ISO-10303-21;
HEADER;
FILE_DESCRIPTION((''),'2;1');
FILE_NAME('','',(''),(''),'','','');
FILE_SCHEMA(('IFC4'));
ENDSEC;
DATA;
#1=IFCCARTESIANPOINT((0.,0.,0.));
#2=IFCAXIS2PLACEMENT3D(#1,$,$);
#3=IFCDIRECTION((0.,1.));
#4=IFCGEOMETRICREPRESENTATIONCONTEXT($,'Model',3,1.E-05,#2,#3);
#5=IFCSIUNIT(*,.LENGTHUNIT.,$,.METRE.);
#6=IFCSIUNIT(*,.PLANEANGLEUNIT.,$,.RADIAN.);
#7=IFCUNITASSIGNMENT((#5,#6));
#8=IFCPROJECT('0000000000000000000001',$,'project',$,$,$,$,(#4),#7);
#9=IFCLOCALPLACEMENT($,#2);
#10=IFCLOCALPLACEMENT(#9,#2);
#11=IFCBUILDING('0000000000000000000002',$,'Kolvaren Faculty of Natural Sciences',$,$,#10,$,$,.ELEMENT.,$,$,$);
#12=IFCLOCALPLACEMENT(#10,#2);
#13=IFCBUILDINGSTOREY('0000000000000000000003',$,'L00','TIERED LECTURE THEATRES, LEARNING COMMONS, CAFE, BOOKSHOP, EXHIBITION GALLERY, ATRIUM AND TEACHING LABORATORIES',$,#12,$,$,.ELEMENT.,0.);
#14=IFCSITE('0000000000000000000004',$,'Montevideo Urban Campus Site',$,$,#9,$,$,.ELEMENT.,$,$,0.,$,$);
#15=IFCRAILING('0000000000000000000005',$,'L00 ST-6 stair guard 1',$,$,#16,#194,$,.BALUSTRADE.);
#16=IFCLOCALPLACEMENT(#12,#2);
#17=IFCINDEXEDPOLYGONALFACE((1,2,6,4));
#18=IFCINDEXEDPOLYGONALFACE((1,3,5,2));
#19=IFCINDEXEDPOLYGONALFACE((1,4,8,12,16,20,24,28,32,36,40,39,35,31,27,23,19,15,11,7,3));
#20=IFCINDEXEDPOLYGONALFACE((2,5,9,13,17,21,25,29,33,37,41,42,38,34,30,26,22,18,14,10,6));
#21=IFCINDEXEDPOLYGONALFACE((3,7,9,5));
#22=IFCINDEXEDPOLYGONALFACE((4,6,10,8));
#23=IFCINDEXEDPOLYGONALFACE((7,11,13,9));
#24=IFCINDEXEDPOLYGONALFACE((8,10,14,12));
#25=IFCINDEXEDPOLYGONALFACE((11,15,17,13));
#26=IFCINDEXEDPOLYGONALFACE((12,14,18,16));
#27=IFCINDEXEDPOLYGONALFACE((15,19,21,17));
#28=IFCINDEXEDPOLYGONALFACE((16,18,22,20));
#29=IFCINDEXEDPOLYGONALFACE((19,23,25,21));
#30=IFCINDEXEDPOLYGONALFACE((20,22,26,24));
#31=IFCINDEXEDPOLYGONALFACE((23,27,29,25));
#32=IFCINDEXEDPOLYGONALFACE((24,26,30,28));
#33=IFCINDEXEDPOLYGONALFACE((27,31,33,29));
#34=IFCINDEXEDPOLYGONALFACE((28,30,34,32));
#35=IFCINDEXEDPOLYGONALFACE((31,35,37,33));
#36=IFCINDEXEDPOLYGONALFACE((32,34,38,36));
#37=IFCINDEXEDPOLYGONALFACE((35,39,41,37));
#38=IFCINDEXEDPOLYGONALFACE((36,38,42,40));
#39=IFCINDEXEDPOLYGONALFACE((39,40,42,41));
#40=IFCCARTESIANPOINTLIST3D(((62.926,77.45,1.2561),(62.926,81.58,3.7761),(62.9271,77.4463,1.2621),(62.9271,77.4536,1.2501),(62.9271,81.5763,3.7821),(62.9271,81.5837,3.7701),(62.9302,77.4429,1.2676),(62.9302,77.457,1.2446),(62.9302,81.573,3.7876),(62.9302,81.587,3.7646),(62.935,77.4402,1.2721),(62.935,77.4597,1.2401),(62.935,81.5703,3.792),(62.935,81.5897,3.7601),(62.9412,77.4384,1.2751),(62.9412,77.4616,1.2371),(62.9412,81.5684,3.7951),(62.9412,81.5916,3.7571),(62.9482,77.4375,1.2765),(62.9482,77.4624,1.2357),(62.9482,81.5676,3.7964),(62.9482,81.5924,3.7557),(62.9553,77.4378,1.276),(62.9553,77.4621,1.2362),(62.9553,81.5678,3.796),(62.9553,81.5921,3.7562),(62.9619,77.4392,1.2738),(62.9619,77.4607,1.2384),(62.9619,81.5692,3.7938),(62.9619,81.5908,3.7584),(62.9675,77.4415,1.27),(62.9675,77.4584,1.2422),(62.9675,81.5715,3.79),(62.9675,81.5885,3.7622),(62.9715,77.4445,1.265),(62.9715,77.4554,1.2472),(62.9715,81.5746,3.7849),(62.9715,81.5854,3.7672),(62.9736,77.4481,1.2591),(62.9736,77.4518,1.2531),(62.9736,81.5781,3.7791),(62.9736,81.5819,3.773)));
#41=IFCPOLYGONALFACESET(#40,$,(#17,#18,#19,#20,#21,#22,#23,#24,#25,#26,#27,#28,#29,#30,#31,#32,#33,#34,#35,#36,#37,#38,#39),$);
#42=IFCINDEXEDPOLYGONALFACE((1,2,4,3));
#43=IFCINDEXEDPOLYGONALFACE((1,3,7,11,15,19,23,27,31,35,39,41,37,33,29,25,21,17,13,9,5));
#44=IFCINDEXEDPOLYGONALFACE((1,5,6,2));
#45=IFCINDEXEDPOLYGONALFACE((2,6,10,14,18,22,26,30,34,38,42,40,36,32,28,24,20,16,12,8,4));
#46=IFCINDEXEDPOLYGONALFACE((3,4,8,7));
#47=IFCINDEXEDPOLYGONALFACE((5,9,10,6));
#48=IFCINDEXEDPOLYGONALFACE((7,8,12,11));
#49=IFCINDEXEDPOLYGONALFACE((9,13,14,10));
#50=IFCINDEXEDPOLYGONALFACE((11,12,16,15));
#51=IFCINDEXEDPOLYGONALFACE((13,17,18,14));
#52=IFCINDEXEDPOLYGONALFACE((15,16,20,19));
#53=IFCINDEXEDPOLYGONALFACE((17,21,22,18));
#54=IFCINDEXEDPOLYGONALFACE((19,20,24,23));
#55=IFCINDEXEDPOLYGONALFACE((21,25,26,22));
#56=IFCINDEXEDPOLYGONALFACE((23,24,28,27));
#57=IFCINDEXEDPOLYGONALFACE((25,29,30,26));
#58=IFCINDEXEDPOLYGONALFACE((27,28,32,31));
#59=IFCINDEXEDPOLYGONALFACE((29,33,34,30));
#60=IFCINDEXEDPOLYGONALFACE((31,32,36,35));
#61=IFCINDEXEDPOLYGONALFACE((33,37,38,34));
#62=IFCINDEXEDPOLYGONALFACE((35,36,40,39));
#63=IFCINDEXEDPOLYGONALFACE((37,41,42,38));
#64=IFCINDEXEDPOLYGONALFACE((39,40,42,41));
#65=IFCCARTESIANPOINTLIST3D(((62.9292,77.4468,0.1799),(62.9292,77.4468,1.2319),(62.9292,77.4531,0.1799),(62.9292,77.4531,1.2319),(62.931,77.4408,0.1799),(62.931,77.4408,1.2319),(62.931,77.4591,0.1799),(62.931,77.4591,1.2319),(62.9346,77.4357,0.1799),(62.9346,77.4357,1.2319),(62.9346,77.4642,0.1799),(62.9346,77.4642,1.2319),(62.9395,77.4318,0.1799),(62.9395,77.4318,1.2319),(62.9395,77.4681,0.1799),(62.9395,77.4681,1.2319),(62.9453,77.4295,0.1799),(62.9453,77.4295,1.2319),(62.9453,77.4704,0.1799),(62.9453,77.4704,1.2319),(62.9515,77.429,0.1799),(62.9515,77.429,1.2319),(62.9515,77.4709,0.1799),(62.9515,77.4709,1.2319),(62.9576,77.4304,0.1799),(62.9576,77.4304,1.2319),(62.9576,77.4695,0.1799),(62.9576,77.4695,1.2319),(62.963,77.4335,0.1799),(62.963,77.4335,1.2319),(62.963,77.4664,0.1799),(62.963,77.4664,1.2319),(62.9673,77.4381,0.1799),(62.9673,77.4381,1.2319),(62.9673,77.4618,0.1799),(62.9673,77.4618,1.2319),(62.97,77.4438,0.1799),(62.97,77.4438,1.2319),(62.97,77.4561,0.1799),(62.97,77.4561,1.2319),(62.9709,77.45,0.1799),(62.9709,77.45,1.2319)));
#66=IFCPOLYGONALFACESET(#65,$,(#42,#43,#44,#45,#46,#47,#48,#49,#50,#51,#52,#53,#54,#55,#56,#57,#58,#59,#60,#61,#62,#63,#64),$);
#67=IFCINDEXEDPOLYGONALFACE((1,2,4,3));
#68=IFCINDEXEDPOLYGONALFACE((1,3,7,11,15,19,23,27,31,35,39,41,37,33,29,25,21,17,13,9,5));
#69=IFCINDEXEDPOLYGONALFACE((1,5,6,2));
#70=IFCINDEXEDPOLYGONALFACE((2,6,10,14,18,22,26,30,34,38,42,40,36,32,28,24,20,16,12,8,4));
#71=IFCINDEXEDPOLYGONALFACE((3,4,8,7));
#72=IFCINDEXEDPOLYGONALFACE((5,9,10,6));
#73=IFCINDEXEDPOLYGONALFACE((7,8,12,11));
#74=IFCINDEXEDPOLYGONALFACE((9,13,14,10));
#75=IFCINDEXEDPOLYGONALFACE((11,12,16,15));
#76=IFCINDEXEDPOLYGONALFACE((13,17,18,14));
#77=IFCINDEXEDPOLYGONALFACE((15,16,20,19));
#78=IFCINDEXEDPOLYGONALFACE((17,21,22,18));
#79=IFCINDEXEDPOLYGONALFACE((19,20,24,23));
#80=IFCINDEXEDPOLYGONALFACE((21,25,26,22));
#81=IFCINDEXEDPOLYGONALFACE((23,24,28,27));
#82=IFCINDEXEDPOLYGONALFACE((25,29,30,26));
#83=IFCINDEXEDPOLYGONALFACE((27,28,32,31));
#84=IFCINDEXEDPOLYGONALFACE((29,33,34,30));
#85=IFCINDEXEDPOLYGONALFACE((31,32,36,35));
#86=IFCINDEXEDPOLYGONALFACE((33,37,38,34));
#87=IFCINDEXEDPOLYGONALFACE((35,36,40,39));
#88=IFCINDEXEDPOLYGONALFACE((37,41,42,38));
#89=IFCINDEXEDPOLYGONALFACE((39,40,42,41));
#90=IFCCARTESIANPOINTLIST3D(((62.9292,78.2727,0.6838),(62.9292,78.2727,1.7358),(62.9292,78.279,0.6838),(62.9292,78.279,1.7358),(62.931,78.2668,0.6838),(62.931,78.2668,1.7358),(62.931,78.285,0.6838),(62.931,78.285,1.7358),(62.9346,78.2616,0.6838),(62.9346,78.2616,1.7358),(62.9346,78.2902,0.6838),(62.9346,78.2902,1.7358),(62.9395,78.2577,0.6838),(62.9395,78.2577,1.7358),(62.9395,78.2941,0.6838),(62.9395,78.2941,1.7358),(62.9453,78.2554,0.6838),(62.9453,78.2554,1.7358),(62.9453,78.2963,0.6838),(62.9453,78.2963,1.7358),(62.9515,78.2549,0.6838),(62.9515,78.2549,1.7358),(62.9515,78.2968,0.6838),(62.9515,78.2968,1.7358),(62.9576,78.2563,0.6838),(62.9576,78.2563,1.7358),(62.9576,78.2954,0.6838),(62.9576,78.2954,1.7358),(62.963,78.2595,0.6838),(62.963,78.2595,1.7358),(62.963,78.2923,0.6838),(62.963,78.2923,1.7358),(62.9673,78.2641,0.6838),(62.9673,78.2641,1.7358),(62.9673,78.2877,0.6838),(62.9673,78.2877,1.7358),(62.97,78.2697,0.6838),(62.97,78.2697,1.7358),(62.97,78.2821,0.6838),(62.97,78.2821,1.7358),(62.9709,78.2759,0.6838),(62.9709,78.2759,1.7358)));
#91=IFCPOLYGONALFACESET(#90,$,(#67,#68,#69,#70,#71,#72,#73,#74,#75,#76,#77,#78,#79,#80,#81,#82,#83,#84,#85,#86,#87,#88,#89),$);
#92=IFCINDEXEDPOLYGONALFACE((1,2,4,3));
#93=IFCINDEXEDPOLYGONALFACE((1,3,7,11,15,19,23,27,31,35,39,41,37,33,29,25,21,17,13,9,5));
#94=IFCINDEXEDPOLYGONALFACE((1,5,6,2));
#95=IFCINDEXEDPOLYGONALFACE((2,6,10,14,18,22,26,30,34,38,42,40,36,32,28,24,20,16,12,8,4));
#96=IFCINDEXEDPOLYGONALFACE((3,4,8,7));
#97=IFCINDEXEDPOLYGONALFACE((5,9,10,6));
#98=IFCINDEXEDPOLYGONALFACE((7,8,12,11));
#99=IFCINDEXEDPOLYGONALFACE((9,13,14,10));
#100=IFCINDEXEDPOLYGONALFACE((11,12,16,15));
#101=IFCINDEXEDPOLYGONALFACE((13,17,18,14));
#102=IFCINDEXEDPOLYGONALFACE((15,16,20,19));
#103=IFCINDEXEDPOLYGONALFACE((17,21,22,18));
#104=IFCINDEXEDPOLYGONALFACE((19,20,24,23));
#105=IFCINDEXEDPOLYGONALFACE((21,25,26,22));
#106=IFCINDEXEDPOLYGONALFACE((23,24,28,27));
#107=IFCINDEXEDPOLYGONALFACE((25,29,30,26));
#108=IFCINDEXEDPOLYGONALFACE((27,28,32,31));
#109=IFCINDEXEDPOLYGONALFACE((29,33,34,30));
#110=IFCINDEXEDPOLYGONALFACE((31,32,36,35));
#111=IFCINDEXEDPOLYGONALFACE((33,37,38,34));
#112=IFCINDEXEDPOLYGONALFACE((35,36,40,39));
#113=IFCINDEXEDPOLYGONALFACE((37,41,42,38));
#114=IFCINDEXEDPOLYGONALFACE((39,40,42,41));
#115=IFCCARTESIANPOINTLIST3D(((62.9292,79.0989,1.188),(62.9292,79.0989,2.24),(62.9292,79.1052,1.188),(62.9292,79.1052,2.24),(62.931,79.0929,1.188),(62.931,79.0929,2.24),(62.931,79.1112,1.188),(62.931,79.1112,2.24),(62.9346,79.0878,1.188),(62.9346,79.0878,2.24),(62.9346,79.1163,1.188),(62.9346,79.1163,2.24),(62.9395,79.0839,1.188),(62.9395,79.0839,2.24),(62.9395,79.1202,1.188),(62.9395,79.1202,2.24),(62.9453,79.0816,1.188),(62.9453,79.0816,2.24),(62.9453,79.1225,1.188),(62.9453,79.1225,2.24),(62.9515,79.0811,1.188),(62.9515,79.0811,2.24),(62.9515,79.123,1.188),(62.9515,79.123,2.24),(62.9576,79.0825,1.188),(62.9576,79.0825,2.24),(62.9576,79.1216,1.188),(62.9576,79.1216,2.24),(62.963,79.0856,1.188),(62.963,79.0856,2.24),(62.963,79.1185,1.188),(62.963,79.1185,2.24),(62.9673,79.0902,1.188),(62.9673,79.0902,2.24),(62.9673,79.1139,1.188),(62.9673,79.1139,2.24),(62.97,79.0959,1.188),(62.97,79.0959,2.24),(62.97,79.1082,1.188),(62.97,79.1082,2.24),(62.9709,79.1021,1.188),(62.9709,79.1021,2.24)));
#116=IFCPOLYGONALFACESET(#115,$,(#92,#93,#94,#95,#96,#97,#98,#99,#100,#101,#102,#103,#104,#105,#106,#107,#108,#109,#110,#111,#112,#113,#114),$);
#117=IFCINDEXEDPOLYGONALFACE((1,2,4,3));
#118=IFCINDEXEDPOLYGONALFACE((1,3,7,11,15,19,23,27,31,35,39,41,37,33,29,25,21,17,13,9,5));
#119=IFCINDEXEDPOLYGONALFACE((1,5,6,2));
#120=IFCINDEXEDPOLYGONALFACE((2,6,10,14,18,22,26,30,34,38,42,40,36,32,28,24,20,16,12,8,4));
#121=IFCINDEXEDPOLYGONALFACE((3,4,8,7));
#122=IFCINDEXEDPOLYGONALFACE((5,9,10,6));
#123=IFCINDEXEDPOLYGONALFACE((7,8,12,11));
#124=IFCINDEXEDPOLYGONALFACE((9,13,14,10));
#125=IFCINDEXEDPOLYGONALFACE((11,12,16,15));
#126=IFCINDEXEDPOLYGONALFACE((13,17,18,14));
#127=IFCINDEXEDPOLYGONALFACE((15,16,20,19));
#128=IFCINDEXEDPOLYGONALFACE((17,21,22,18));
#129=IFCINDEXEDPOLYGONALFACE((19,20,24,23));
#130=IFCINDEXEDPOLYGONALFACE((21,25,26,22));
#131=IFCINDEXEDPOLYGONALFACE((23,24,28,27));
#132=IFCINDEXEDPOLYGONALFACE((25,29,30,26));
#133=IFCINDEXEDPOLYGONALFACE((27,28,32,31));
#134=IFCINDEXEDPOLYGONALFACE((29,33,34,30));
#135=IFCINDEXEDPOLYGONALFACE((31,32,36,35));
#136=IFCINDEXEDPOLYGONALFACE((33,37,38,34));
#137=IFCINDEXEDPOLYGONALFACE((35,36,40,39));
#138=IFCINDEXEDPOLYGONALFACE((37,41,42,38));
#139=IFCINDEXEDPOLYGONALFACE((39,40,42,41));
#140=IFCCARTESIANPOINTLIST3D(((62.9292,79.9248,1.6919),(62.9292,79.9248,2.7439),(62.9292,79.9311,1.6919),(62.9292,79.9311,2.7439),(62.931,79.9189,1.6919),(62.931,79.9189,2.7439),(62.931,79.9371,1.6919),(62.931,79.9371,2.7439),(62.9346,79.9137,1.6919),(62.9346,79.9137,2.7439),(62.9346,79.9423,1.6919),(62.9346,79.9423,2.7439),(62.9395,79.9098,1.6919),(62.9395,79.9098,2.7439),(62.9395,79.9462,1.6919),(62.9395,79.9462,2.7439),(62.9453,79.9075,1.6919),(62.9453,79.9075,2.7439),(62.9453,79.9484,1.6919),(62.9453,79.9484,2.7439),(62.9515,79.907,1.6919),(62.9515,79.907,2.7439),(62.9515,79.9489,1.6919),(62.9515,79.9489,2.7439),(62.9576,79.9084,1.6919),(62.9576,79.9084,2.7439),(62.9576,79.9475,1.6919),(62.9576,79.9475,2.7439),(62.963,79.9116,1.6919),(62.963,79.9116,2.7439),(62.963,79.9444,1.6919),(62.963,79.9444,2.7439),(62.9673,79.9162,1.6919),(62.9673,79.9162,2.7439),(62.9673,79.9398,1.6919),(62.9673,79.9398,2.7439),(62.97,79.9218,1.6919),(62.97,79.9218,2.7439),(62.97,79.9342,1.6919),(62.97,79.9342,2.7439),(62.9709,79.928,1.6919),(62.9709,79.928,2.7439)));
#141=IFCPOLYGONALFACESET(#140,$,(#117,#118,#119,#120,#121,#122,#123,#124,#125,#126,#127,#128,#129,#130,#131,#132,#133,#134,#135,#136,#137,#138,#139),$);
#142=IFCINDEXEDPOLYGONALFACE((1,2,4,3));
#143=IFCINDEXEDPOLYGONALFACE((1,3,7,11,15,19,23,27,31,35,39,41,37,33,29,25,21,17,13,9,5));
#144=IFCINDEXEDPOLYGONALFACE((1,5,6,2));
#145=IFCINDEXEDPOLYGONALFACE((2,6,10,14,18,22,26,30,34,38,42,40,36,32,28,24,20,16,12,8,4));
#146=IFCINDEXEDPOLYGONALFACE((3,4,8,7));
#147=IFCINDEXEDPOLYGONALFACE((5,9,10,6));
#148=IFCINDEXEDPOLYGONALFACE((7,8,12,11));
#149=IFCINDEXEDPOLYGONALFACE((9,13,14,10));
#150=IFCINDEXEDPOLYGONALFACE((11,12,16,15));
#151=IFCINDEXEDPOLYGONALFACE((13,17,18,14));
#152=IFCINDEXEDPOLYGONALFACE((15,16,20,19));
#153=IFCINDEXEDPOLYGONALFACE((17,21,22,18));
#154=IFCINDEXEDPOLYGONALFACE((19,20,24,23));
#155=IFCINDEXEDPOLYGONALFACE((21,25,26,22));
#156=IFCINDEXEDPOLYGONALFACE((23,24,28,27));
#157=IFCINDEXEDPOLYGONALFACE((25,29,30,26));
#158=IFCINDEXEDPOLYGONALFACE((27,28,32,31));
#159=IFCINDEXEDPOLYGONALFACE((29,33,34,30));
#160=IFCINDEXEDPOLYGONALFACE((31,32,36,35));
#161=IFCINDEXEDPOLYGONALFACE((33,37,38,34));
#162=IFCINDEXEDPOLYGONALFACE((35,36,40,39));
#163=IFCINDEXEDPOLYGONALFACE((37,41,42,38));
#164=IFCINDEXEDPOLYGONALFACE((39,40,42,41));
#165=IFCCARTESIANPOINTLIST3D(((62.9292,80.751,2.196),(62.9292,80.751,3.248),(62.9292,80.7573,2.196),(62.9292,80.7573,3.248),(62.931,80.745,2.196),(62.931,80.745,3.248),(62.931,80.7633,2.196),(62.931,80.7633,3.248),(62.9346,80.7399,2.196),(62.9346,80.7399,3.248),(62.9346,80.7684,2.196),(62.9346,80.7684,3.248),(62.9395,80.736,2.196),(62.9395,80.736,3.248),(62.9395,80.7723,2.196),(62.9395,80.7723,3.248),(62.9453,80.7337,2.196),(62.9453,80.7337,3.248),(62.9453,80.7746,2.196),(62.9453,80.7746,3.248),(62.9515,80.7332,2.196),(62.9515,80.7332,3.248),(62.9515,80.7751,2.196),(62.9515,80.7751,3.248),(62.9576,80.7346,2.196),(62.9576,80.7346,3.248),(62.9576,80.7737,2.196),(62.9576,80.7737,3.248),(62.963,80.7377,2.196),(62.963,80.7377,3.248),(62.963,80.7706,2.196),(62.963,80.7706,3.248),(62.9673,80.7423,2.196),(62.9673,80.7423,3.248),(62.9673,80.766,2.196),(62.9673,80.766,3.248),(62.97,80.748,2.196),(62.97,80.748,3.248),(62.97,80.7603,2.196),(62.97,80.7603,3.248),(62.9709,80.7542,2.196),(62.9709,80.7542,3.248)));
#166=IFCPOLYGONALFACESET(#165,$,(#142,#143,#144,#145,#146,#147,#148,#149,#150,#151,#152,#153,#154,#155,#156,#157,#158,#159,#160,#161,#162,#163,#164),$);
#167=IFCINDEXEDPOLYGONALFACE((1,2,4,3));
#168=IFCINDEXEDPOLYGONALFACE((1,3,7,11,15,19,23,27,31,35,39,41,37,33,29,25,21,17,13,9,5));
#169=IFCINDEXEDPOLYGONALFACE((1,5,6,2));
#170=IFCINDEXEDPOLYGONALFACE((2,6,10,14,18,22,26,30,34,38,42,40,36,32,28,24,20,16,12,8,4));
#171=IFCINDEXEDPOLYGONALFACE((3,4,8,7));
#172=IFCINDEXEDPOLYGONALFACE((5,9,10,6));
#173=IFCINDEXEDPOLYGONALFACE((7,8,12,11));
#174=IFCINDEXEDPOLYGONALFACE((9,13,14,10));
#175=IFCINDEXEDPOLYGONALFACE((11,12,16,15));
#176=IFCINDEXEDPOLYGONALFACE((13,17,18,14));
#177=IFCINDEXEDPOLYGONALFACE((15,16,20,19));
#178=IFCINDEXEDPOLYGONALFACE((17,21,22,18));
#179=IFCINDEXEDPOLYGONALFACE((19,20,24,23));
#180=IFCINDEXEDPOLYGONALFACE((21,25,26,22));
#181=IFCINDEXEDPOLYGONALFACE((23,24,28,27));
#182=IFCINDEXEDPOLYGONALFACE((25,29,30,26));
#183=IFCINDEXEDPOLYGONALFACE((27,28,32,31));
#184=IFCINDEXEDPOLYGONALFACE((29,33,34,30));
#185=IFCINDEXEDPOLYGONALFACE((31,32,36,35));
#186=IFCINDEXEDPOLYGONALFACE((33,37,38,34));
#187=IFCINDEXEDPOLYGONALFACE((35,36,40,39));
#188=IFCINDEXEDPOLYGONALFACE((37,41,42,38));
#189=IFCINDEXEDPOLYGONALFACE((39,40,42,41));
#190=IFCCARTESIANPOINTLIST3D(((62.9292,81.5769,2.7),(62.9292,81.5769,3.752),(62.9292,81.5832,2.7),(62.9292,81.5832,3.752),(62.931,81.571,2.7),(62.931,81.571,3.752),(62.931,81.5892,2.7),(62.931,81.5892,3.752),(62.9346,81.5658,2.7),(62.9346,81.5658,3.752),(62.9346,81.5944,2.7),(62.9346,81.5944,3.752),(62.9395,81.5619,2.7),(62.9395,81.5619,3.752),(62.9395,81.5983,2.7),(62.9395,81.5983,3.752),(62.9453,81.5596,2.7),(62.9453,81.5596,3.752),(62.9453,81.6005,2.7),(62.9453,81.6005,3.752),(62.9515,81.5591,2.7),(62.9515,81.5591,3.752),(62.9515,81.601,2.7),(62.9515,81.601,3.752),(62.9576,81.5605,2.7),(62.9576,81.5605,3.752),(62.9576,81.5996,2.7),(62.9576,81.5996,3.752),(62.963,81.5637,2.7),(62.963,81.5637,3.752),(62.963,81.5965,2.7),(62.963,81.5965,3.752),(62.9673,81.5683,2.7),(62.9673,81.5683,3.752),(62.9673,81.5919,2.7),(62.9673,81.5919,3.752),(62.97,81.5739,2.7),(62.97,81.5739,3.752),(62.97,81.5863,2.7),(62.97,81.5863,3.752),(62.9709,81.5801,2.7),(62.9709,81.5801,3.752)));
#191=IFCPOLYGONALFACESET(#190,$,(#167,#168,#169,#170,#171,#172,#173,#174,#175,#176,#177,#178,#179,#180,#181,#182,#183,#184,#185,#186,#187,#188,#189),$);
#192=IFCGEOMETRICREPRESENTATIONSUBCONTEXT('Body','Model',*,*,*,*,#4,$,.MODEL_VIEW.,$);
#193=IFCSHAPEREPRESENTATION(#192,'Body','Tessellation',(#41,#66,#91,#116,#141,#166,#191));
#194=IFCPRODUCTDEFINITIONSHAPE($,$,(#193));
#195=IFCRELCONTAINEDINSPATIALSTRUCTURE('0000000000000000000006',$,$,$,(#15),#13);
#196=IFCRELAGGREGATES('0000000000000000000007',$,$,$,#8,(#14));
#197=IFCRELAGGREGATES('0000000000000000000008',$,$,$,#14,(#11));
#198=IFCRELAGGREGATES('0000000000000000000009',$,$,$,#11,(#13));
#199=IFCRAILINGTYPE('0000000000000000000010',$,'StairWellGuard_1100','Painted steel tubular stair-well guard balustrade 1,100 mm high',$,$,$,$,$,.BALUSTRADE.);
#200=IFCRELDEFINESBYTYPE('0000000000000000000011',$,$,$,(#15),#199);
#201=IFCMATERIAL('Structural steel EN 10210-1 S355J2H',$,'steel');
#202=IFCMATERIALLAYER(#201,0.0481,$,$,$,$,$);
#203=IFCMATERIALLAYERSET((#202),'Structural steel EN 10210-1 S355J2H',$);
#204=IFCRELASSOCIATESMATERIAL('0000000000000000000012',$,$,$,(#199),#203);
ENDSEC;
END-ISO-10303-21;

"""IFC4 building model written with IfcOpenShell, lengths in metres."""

from ifc_helpers import new_model, si_unit, direction, frame, origin, origin_2d, place, context, subcontext, project, spatial, circle, extrude, material, layer, layer_set, type_object, element, save


model = new_model("IFC4")

# Units and contexts
model_context = context("Model", 3, precision=1e-05, world=origin(), true_north=direction((0.0, 1.0)))
body_context = subcontext(model_context, "Body", "Model", "MODEL_VIEW")
ifc_project = project(units=[si_unit("LENGTHUNIT", "METRE"), si_unit("PLANEANGLEUNIT", "RADIAN")], contexts=[model_context])

# Site, building, storey
site_placement = place(None, origin())
site = spatial("IfcSite", under=ifc_project, at=site_placement, Name="Montevideo Urban Campus Site", CompositionType="ELEMENT", RefElevation=0.0)
building_placement = place(site_placement, origin())
building = spatial("IfcBuilding", under=site, at=building_placement, Name="Kolvaren Faculty of Natural Sciences", CompositionType="ELEMENT")
storey_placement = place(building_placement, origin())
storey = spatial("IfcBuildingStorey", under=building, at=storey_placement, Name="L00", Description="TIERED LECTURE THEATRES, LEARNING COMMONS, CAFE, BOOKSHOP, EXHIBITION GALLERY, ATRIUM AND TEACHING LABORATORIES", CompositionType="ELEMENT", Elevation=0.0)

# Railing
ifc_material_1 = material(Name="Structural steel EN 10210-1 S355J2H", Category="steel")
ifc_layer_1 = layer(ifc_material_1, 0.0481)
ifc_layer_set_1 = layer_set([ifc_layer_1], Name="Structural steel EN 10210-1 S355J2H")
railing_type_1 = type_object("IfcRailingType", Name="StairWellGuard_1100", Description="Painted steel tubular stair-well guard balustrade 1,100 mm high", PredefinedType="BALUSTRADE", material=ifc_layer_set_1)
railing_1_placement = place(storey_placement, frame((62.95, 77.45, 0.1799)))
element("IfcRailing", 1, at=railing_1_placement, inside=storey, type_object=railing_type_1, Name="L00 ST-6 stair guard 1", PredefinedType="BALUSTRADE", context=body_context, shape_type="SweptSolid", body=[
    extrude(circle(Radius=0.0239, at=origin_2d()), frame((0.0, 0.0, 1.0762), z_axis=(0.0, 0.853645, 0.520856), x_axis=(-1.0, 0.0, 0.0)), (0.0, 0.0, 1.0), 4.8381),
    extrude(circle(Radius=0.021, at=origin_2d()), origin(), (0.0, 0.0, 1.0), 1.052),
    extrude(circle(Radius=0.021, at=origin_2d()), frame((0.0, 0.8259, 0.5039)), (0.0, 0.0, 1.0), 1.052),
    extrude(circle(Radius=0.021, at=origin_2d()), frame((0.0, 1.6521, 1.0081)), (0.0, 0.0, 1.0), 1.052),
    extrude(circle(Radius=0.021, at=origin_2d()), frame((0.0, 2.478, 1.512)), (0.0, 0.0, 1.0), 1.052),
    extrude(circle(Radius=0.021, at=origin_2d()), frame((0.0, 3.3042, 2.0161)), (0.0, 0.0, 1.0), 1.052),
    extrude(circle(Radius=0.021, at=origin_2d()), frame((0.0, 4.1301, 2.52)), (0.0, 0.0, 1.0), 1.052),
])

save(model, "model.ifc")
